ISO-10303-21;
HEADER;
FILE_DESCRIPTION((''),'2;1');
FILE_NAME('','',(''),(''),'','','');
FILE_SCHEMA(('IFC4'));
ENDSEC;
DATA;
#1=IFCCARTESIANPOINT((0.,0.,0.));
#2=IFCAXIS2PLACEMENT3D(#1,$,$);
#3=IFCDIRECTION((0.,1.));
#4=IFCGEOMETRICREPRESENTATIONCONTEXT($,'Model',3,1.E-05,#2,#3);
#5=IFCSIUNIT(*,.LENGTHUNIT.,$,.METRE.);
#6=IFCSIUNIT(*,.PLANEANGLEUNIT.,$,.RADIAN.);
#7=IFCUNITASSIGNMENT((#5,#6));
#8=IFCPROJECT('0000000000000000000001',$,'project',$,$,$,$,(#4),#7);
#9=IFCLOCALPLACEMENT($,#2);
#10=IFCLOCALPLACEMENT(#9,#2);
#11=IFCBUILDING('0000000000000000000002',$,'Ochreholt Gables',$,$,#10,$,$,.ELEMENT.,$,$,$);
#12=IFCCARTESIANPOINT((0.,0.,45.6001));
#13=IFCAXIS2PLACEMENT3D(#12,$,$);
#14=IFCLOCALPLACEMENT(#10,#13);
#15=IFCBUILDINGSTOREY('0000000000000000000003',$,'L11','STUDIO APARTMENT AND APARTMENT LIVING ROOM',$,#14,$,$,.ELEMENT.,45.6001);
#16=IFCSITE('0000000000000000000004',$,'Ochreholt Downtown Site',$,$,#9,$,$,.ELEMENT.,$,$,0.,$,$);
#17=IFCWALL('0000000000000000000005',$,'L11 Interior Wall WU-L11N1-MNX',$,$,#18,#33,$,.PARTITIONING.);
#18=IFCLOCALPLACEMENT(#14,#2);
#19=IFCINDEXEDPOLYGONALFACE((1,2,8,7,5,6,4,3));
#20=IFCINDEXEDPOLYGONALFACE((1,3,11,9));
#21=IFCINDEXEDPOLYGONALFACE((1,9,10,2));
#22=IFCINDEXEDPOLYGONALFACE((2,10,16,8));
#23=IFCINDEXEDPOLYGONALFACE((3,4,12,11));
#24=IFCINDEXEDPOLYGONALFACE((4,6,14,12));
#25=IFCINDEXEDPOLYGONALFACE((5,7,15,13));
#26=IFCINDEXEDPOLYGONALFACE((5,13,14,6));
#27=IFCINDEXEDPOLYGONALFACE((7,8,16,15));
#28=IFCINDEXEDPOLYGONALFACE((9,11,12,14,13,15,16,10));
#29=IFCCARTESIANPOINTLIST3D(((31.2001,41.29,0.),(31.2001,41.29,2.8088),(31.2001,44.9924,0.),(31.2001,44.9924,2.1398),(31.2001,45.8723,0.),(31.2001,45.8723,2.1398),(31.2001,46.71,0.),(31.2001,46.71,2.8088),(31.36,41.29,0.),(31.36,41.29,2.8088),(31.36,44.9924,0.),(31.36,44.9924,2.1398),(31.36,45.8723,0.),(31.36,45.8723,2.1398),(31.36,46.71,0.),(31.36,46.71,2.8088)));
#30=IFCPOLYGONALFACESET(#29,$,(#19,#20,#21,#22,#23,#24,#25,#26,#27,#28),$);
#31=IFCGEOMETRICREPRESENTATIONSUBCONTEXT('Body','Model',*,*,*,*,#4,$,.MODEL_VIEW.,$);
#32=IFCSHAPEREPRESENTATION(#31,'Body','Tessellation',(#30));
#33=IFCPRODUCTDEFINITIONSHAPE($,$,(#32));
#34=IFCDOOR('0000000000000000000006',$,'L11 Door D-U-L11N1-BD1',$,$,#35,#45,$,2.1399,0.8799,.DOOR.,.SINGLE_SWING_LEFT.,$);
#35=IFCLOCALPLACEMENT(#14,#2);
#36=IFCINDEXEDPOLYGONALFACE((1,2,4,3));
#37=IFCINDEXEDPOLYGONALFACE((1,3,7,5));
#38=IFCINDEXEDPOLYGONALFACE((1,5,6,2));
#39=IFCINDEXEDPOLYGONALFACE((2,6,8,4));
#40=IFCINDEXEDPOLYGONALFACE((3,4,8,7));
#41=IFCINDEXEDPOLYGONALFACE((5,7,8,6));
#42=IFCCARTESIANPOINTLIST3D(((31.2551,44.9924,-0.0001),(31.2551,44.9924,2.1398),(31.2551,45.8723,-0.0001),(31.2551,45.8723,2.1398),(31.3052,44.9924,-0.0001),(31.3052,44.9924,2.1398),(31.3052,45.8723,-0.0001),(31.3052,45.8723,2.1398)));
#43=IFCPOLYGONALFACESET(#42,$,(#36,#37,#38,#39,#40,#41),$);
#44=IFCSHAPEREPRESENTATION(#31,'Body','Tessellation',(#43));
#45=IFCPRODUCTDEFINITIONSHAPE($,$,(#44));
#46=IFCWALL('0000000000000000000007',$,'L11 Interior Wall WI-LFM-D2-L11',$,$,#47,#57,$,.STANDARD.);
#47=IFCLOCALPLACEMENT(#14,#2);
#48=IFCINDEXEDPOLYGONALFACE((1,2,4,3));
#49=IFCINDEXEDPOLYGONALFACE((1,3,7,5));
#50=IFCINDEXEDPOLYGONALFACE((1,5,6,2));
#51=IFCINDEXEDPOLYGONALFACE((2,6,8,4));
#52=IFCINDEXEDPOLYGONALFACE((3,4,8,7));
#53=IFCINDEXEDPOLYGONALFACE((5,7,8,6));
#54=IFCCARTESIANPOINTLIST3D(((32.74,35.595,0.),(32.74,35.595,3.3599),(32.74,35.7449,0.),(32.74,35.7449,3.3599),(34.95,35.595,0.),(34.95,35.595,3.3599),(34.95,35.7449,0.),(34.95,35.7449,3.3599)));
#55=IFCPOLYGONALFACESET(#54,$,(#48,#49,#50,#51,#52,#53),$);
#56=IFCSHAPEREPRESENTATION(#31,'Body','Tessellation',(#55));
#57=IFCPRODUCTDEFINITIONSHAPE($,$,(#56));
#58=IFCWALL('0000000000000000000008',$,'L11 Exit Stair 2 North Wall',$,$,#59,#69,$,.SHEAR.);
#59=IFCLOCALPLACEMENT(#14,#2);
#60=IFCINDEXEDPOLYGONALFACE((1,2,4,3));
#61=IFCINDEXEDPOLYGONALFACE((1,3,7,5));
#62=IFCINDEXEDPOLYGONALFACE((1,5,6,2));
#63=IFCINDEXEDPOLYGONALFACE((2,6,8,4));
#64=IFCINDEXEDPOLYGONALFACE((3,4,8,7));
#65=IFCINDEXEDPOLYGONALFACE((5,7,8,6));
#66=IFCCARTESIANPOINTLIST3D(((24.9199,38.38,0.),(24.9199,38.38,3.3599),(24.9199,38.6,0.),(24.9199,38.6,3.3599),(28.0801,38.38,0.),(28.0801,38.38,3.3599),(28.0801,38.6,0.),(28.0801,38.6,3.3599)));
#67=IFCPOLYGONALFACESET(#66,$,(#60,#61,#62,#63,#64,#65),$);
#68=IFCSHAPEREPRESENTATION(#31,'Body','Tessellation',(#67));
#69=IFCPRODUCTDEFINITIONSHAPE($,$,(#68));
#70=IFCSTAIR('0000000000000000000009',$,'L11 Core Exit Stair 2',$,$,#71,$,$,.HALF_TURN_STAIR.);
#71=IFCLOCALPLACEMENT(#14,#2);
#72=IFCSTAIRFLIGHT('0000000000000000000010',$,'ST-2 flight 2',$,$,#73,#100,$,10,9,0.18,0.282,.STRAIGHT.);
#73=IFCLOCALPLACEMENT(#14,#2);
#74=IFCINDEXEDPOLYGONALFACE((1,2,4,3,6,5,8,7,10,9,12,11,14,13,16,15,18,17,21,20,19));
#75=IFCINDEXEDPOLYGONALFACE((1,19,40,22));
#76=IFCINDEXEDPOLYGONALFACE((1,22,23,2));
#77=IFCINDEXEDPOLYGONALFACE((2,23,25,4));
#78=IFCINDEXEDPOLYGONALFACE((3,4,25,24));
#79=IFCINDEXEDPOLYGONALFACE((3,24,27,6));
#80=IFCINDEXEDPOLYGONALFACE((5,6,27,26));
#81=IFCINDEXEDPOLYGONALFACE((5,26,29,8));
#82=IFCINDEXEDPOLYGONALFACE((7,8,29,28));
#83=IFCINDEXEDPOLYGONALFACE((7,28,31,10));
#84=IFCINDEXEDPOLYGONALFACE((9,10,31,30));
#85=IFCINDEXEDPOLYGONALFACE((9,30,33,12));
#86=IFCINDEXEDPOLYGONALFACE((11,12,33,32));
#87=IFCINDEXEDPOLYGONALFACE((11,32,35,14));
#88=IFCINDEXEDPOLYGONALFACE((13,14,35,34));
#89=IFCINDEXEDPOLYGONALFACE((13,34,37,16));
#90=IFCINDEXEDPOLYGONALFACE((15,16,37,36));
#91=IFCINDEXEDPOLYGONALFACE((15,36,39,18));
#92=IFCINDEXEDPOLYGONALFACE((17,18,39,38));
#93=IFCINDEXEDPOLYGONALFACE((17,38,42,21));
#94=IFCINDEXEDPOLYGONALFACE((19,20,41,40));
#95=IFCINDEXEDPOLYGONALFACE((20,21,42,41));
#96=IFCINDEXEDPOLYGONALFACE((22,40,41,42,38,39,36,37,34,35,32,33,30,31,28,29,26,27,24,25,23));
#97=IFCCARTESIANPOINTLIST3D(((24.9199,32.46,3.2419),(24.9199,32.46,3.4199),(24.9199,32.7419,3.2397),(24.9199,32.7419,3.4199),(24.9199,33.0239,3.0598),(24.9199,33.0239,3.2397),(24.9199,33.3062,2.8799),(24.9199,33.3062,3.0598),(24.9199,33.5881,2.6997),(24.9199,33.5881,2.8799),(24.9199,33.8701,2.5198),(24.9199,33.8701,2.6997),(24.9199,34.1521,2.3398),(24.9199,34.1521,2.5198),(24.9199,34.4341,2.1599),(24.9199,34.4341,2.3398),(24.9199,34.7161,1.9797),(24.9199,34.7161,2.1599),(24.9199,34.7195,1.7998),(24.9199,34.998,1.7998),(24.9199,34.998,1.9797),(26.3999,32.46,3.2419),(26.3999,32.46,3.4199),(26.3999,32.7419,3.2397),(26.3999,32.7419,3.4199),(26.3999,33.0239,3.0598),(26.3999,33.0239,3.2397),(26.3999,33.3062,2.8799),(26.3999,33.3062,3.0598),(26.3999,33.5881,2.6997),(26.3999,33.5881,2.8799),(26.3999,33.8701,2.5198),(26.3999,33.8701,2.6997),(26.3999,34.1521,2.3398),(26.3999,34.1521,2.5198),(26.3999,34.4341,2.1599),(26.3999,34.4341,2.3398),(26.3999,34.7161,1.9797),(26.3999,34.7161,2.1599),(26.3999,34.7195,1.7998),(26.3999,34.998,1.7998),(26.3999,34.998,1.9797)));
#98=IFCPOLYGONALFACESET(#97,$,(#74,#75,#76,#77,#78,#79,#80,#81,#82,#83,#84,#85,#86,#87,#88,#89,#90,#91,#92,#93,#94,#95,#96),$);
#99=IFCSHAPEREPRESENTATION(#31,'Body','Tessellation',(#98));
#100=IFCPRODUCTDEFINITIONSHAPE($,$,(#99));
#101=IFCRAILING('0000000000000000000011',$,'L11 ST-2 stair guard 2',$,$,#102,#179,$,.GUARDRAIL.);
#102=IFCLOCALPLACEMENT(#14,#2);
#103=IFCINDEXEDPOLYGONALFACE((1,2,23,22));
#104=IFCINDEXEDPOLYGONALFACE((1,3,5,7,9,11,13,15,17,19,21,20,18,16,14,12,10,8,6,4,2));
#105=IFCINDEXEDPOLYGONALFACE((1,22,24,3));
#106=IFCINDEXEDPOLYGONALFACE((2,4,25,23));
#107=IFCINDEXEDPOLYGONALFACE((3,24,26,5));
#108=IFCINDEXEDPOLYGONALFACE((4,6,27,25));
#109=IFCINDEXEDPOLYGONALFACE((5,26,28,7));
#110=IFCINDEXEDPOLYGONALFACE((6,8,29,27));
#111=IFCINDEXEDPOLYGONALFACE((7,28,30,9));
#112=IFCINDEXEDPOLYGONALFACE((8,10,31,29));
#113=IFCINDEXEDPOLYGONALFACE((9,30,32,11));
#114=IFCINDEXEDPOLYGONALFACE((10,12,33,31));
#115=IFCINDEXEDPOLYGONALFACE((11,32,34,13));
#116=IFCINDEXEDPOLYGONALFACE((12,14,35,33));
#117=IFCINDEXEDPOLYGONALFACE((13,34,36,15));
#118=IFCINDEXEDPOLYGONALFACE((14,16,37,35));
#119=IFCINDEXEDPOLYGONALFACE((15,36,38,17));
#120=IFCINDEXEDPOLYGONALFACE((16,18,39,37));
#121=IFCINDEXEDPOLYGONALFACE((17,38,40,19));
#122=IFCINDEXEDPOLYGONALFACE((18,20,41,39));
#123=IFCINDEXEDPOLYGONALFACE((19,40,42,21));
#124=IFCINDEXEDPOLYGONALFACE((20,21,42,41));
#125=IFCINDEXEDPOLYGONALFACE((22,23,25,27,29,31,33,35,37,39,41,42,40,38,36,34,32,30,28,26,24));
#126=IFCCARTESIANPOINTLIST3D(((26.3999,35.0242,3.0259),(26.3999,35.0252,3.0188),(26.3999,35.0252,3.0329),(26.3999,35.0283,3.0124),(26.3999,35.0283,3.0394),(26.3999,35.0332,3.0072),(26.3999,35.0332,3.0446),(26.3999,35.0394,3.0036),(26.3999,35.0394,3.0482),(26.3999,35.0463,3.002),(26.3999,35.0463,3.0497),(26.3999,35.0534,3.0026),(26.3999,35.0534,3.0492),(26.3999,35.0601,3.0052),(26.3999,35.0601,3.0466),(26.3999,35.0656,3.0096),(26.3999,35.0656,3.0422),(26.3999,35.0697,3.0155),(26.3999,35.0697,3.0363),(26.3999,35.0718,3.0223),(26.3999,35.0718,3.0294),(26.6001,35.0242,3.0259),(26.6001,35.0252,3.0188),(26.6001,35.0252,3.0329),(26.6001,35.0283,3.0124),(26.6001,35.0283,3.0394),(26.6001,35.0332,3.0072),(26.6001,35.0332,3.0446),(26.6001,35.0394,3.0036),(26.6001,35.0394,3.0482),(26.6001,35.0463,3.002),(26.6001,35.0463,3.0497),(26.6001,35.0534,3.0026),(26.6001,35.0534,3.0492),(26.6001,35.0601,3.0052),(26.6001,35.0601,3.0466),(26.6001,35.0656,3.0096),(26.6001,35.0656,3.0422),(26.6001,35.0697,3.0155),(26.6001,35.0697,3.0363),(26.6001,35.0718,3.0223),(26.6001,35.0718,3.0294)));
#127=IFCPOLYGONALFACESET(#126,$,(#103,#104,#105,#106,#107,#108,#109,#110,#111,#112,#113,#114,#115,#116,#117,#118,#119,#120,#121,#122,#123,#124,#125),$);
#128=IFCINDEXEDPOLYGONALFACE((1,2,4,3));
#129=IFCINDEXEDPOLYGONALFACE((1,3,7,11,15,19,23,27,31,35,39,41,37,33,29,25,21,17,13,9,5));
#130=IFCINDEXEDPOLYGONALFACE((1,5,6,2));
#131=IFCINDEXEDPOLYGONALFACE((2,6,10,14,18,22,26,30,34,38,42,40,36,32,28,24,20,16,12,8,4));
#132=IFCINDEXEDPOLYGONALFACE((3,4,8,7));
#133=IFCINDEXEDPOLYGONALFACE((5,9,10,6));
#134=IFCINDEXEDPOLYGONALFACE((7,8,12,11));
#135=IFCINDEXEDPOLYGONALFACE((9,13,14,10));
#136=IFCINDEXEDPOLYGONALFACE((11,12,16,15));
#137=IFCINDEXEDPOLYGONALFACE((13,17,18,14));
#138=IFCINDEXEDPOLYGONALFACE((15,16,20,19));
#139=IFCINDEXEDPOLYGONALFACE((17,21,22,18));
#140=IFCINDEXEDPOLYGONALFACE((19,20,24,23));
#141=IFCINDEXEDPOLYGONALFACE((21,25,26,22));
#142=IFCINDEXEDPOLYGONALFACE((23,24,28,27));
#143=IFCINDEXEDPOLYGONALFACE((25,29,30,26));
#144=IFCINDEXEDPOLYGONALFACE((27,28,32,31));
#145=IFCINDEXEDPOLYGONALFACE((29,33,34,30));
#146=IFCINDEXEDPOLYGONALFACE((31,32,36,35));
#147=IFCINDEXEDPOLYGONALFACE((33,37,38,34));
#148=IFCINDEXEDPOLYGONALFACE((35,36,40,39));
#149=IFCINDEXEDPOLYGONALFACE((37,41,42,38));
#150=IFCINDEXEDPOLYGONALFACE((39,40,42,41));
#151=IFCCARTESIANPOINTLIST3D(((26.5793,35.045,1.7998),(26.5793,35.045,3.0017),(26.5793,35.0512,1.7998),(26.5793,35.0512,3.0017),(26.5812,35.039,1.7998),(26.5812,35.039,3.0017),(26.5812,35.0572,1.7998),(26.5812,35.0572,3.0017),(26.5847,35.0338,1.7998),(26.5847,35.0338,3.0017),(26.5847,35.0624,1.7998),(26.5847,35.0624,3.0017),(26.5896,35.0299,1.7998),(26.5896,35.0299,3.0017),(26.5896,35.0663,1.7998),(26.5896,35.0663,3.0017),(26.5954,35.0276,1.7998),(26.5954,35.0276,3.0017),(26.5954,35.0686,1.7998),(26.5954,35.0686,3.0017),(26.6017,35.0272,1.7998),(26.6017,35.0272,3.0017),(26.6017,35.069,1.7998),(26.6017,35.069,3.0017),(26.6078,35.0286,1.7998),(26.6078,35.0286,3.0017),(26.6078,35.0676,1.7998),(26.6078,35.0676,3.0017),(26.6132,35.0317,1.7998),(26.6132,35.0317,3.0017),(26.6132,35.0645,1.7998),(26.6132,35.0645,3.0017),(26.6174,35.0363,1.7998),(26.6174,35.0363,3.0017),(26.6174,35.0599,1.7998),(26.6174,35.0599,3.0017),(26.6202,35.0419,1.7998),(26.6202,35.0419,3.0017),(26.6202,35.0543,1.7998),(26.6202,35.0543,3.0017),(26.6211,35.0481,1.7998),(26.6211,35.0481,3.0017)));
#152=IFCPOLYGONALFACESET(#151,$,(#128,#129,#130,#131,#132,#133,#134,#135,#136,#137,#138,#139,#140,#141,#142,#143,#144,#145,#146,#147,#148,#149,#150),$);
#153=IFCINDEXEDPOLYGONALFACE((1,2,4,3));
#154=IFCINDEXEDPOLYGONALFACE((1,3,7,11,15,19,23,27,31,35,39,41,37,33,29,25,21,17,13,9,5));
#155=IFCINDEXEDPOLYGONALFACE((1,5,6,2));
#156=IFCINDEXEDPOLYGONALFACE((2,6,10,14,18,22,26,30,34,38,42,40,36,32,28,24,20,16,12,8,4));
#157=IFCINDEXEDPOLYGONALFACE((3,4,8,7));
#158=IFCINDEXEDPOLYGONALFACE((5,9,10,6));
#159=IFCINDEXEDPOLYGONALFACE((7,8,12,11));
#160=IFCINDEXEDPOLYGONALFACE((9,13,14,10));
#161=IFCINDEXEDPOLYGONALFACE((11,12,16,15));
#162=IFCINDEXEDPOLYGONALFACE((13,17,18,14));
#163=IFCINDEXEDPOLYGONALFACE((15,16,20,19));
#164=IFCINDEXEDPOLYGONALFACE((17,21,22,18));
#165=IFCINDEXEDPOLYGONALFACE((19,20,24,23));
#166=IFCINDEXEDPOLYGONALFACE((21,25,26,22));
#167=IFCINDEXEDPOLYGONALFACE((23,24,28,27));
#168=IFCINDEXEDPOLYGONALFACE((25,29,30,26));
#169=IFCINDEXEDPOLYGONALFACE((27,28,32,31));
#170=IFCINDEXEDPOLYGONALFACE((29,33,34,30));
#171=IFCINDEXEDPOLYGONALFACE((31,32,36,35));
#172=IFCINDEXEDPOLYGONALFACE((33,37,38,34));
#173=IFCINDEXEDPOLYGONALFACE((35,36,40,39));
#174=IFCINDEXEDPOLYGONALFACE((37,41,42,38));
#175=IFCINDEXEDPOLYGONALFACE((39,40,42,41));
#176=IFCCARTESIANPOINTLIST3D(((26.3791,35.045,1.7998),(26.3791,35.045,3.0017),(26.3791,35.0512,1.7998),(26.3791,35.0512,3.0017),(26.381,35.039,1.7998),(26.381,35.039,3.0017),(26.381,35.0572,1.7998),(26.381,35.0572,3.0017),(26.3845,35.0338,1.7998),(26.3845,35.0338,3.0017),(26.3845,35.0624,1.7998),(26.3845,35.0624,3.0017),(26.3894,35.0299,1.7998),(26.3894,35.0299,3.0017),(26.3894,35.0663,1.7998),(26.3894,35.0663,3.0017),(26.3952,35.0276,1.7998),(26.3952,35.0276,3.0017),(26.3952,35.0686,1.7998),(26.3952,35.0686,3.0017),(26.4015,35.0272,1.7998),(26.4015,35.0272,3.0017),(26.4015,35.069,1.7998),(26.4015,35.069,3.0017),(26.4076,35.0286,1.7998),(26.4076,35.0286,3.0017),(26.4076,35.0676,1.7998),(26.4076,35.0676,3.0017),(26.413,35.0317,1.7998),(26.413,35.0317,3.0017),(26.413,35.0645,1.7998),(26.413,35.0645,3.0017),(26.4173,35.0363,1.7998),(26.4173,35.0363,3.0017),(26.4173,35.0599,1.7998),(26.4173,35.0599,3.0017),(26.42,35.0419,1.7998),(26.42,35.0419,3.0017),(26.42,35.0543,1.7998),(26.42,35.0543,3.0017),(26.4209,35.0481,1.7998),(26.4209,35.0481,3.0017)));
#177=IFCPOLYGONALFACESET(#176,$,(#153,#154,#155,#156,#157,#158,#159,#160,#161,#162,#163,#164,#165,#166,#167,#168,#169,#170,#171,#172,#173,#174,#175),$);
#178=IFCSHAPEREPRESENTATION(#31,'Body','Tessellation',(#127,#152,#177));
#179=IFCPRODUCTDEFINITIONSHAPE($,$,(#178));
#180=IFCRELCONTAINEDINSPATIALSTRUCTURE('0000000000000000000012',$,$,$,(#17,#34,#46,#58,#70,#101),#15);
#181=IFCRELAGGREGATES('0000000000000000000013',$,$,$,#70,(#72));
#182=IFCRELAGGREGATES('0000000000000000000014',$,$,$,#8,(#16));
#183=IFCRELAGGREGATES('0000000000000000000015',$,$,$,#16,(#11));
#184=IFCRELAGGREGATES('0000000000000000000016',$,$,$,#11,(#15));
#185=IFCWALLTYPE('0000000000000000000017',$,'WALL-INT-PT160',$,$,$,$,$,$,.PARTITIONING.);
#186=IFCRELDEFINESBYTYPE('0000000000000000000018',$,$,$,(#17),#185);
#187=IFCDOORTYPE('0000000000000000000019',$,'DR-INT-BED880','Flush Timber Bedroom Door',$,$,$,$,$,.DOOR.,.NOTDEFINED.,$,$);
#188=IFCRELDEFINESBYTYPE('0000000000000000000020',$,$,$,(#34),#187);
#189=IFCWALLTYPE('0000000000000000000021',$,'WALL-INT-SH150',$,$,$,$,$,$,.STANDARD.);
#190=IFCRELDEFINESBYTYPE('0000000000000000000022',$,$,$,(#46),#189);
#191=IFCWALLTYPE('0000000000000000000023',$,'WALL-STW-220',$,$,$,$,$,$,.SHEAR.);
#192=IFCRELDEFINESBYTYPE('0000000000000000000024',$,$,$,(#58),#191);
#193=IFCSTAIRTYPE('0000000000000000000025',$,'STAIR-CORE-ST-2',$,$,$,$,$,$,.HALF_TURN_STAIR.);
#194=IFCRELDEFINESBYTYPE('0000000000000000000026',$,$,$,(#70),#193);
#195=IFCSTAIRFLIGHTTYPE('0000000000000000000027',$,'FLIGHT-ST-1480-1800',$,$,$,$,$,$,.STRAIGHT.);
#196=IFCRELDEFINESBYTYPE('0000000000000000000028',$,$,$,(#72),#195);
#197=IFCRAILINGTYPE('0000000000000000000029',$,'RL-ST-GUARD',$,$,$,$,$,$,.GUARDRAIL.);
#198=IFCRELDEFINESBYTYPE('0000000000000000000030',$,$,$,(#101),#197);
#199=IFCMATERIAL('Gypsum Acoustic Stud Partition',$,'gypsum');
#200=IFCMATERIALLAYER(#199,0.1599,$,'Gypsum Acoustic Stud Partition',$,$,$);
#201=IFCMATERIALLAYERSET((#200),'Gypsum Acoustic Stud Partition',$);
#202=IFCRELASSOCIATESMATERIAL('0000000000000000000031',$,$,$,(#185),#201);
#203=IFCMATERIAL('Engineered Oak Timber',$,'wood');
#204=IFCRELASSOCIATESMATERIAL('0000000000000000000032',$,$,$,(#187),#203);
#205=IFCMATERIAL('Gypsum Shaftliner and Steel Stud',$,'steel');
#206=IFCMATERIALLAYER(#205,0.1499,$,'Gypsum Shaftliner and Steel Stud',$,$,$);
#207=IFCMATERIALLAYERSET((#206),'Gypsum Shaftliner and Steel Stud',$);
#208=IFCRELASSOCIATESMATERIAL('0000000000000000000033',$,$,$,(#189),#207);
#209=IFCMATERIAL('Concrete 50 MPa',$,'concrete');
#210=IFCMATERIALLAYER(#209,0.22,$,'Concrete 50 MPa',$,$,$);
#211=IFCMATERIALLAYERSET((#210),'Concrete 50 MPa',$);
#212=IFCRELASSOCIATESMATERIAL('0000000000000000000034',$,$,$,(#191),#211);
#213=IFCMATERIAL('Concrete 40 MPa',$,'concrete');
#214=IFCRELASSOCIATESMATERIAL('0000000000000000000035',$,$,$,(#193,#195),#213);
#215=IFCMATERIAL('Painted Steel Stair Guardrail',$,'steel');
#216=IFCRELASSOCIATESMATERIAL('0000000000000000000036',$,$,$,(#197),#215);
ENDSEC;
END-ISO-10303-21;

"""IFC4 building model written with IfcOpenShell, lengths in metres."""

from ifc_helpers import new_model, si_unit, direction, frame, frame_2d, origin, origin_2d, place, context, subcontext, project, spatial, polyline, rectangle, circle, outline, extrude, material, layer, layer_set, type_object, element, fill, aggregate, save


model = new_model("IFC4")

# Units and contexts
model_context = context("Model", 3, precision=1e-05, world=origin(), true_north=direction((0.0, 1.0)))
body_context = subcontext(model_context, "Body", "Model", "MODEL_VIEW")
ifc_project = project(units=[si_unit("LENGTHUNIT", "METRE"), si_unit("PLANEANGLEUNIT", "RADIAN")], contexts=[model_context])

# Site, building, storey
site_placement = place(None, origin())
site = spatial("IfcSite", under=ifc_project, at=site_placement, Name="Ochreholt Downtown Site", CompositionType="ELEMENT", RefElevation=0.0)
building_placement = place(site_placement, origin())
building = spatial("IfcBuilding", under=site, at=building_placement, Name="Ochreholt Gables", CompositionType="ELEMENT")
storey_placement = place(building_placement, frame((0.0, 0.0, 45.6001)))
storey = spatial("IfcBuildingStorey", under=building, at=storey_placement, Name="L11", Description="STUDIO APARTMENT AND APARTMENT LIVING ROOM", CompositionType="ELEMENT", Elevation=45.6001)

# Shared definitions
ifc_material_1 = material(Name="Engineered Oak Timber", Category="wood")

# Wall, opening, door
ifc_material_2 = material(Name="Gypsum Acoustic Stud Partition", Category="gypsum")
ifc_layer_1 = layer(ifc_material_2, 0.1599, Name="Gypsum Acoustic Stud Partition")
ifc_layer_set_1 = layer_set([ifc_layer_1], Name="Gypsum Acoustic Stud Partition")
wall_type_1 = type_object("IfcWallType", Name="WALL-INT-PT160", PredefinedType="PARTITIONING", material=ifc_layer_set_1)
wall_1_placement = place(storey_placement, frame((31.28, 41.29, 0.0), z_axis=(0.0, 0.0, 1.0), x_axis=(0.0, 1.0, 0.0)))
wall_1 = element("IfcWall", 1, at=wall_1_placement, inside=storey, type_object=wall_type_1, Name="L11 Interior Wall WU-L11N1-MNX", PredefinedType="PARTITIONING", context=body_context, shape_type="SweptSolid", body=[
    extrude(rectangle(XDim=5.4199, YDim=0.1599, at=frame_2d((2.71, 0.0))), origin(), (0.0, 0.0, 1.0), 2.8088),
])
opening_1_placement = place(wall_1_placement, frame((3.7024, 0.0, 0.0)))
opening_1 = element("IfcOpeningElement", 2, at=opening_1_placement, cuts=wall_1, PredefinedType="OPENING", context=body_context, shape_type="SweptSolid", body=[
    extrude(rectangle(XDim=0.8799, YDim=2.1399, at=frame_2d((0.4399, 1.0698))), frame((0.0, 0.0898, 0.0), z_axis=(0.0, -1.0, 0.0), x_axis=(1.0, 0.0, 0.0)), (0.0, 0.0, 1.0), 0.1799),
])
door_type_1 = type_object("IfcDoorType", Name="DR-INT-BED880", Description="Flush Timber Bedroom Door", OperationType="NOTDEFINED", PredefinedType="DOOR", material=ifc_material_1)
door_1_placement = place(opening_1_placement, origin())
door_1 = element("IfcDoor", 3, at=door_1_placement, inside=storey, type_object=door_type_1, Name="L11 Door D-U-L11N1-BD1", OperationType="SINGLE_SWING_LEFT", OverallHeight=2.1399, OverallWidth=0.8799, PredefinedType="DOOR", context=body_context, shape_type="SweptSolid", body=[
    extrude(rectangle(XDim=0.8799, YDim=2.1399, at=frame_2d((0.4399, 1.0698))), frame((0.0, 0.0249, 0.0), z_axis=(0.0, -1.0, 0.0), x_axis=(1.0, 0.0, 0.0)), (0.0, 0.0, 1.0), 0.05),
])
fill(opening_1, door_1)

# Walls
ifc_material_3 = material(Name="Gypsum Shaftliner and Steel Stud", Category="steel")
ifc_layer_2 = layer(ifc_material_3, 0.1499, Name="Gypsum Shaftliner and Steel Stud")
ifc_layer_set_2 = layer_set([ifc_layer_2], Name="Gypsum Shaftliner and Steel Stud")
wall_type_2 = type_object("IfcWallType", Name="WALL-INT-SH150", PredefinedType="STANDARD", material=ifc_layer_set_2)
wall_2_placement = place(storey_placement, frame((32.74, 35.6699, 0.0), z_axis=(0.0, 0.0, 1.0), x_axis=(1.0, 0.0, 0.0)))
element("IfcWall", 4, at=wall_2_placement, inside=storey, type_object=wall_type_2, Name="L11 Interior Wall WI-LFM-D2-L11", PredefinedType="STANDARD", context=body_context, shape_type="SweptSolid", body=[
    extrude(rectangle(XDim=2.21, YDim=0.1499, at=frame_2d((1.105, 0.0))), origin(), (0.0, 0.0, 1.0), 3.3599),
])
ifc_material_4 = material(Name="Concrete 50 MPa", Category="concrete")
ifc_layer_3 = layer(ifc_material_4, 0.22, Name="Concrete 50 MPa")
ifc_layer_set_3 = layer_set([ifc_layer_3], Name="Concrete 50 MPa")
wall_type_3 = type_object("IfcWallType", Name="WALL-STW-220", PredefinedType="SHEAR", material=ifc_layer_set_3)
wall_3_placement = place(storey_placement, frame((24.9199, 38.49, 0.0), z_axis=(0.0, 0.0, 1.0), x_axis=(1.0, 0.0, 0.0)))
element("IfcWall", 5, at=wall_3_placement, inside=storey, type_object=wall_type_3, Name="L11 Exit Stair 2 North Wall", PredefinedType="SHEAR", context=body_context, shape_type="SweptSolid", body=[
    extrude(rectangle(XDim=3.1602, YDim=0.22, at=frame_2d((1.5801, 0.0))), origin(), (0.0, 0.0, 1.0), 3.3599),
])

# Stair, stair flight
ifc_material_5 = material(Name="Concrete 40 MPa", Category="concrete")
stair_type = type_object("IfcStairType", Name="STAIR-CORE-ST-2", PredefinedType="HALF_TURN_STAIR", material=ifc_material_5)
stair_placement = place(storey_placement, origin())
stair = element("IfcStair", 6, at=stair_placement, inside=storey, type_object=stair_type, Name="L11 Core Exit Stair 2", PredefinedType="HALF_TURN_STAIR")
stair_flight_type = type_object("IfcStairFlightType", Name="FLIGHT-ST-1480-1800", PredefinedType="STRAIGHT", material=ifc_material_5)
stair_flight_placement = place(storey_placement, frame((25.6599, 34.998, 1.7998), z_axis=(0.0, 0.0, 1.0), x_axis=(0.0, -1.0, 0.0)))
stair_flight = element("IfcStairFlight", 7, at=stair_flight_placement, type_object=stair_flight_type, Name="ST-2 flight 2", NumberOfRisers=10, NumberOfTreads=9, PredefinedType="STRAIGHT", RiserHeight=0.18, TreadLength=0.282, context=body_context, shape_type="SweptSolid", body=[
    extrude(outline(polyline([(0.0, 0.0), (0.0, 0.1799), (0.282, 0.1799), (0.282, 0.3601), (0.564, 0.3601), (0.564, 0.54), (0.8459, 0.54), (0.8459, 0.72), (1.1279, 0.72), (1.1279, 0.8999), (1.4099, 0.8999), (1.4099, 1.0801), (1.6919, 1.0801), (1.6919, 1.26), (1.9741, 1.26), (1.9741, 1.4399), (2.2561, 1.4399), (2.2561, 1.6201), (2.5381, 1.6201), (2.5381, 1.8), (2.5381, 1.4421), (0.2786, 0.0), (0.0, 0.0)])), frame((0.0, 0.74, 0.0), z_axis=(0.0, -1.0, 0.0), x_axis=(1.0, 0.0, 0.0)), (0.0, 0.0, 1.0), 1.48),
])
aggregate(stair, [stair_flight])

# Railing
ifc_material_6 = material(Name="Painted Steel Stair Guardrail", Category="steel")
railing_type_1 = type_object("IfcRailingType", Name="RL-ST-GUARD", PredefinedType="GUARDRAIL", material=ifc_material_6)
railing_1_placement = place(storey_placement, frame((26.6001, 35.0481, 1.7998)))
element("IfcRailing", 8, at=railing_1_placement, inside=storey, type_object=railing_type_1, Name="L11 ST-2 stair guard 2", PredefinedType="GUARDRAIL", context=body_context, shape_type="SweptSolid", body=[
    extrude(circle(Radius=0.0239, at=origin_2d()), frame((0.0, 0.0, 1.2261), z_axis=(-1.0, 0.0, 0.0), x_axis=(0.0, -1.0, 0.0)), (0.0, 0.0, 1.0), 0.2002),
    extrude(circle(Radius=0.021, at=origin_2d()), origin(), (0.0, 0.0, 1.0), 1.2019),
    extrude(circle(Radius=0.021, at=origin_2d()), frame((-0.2002, 0.0, 0.0)), (0.0, 0.0, 1.0), 1.2019),
])

save(model, "model.ifc")
